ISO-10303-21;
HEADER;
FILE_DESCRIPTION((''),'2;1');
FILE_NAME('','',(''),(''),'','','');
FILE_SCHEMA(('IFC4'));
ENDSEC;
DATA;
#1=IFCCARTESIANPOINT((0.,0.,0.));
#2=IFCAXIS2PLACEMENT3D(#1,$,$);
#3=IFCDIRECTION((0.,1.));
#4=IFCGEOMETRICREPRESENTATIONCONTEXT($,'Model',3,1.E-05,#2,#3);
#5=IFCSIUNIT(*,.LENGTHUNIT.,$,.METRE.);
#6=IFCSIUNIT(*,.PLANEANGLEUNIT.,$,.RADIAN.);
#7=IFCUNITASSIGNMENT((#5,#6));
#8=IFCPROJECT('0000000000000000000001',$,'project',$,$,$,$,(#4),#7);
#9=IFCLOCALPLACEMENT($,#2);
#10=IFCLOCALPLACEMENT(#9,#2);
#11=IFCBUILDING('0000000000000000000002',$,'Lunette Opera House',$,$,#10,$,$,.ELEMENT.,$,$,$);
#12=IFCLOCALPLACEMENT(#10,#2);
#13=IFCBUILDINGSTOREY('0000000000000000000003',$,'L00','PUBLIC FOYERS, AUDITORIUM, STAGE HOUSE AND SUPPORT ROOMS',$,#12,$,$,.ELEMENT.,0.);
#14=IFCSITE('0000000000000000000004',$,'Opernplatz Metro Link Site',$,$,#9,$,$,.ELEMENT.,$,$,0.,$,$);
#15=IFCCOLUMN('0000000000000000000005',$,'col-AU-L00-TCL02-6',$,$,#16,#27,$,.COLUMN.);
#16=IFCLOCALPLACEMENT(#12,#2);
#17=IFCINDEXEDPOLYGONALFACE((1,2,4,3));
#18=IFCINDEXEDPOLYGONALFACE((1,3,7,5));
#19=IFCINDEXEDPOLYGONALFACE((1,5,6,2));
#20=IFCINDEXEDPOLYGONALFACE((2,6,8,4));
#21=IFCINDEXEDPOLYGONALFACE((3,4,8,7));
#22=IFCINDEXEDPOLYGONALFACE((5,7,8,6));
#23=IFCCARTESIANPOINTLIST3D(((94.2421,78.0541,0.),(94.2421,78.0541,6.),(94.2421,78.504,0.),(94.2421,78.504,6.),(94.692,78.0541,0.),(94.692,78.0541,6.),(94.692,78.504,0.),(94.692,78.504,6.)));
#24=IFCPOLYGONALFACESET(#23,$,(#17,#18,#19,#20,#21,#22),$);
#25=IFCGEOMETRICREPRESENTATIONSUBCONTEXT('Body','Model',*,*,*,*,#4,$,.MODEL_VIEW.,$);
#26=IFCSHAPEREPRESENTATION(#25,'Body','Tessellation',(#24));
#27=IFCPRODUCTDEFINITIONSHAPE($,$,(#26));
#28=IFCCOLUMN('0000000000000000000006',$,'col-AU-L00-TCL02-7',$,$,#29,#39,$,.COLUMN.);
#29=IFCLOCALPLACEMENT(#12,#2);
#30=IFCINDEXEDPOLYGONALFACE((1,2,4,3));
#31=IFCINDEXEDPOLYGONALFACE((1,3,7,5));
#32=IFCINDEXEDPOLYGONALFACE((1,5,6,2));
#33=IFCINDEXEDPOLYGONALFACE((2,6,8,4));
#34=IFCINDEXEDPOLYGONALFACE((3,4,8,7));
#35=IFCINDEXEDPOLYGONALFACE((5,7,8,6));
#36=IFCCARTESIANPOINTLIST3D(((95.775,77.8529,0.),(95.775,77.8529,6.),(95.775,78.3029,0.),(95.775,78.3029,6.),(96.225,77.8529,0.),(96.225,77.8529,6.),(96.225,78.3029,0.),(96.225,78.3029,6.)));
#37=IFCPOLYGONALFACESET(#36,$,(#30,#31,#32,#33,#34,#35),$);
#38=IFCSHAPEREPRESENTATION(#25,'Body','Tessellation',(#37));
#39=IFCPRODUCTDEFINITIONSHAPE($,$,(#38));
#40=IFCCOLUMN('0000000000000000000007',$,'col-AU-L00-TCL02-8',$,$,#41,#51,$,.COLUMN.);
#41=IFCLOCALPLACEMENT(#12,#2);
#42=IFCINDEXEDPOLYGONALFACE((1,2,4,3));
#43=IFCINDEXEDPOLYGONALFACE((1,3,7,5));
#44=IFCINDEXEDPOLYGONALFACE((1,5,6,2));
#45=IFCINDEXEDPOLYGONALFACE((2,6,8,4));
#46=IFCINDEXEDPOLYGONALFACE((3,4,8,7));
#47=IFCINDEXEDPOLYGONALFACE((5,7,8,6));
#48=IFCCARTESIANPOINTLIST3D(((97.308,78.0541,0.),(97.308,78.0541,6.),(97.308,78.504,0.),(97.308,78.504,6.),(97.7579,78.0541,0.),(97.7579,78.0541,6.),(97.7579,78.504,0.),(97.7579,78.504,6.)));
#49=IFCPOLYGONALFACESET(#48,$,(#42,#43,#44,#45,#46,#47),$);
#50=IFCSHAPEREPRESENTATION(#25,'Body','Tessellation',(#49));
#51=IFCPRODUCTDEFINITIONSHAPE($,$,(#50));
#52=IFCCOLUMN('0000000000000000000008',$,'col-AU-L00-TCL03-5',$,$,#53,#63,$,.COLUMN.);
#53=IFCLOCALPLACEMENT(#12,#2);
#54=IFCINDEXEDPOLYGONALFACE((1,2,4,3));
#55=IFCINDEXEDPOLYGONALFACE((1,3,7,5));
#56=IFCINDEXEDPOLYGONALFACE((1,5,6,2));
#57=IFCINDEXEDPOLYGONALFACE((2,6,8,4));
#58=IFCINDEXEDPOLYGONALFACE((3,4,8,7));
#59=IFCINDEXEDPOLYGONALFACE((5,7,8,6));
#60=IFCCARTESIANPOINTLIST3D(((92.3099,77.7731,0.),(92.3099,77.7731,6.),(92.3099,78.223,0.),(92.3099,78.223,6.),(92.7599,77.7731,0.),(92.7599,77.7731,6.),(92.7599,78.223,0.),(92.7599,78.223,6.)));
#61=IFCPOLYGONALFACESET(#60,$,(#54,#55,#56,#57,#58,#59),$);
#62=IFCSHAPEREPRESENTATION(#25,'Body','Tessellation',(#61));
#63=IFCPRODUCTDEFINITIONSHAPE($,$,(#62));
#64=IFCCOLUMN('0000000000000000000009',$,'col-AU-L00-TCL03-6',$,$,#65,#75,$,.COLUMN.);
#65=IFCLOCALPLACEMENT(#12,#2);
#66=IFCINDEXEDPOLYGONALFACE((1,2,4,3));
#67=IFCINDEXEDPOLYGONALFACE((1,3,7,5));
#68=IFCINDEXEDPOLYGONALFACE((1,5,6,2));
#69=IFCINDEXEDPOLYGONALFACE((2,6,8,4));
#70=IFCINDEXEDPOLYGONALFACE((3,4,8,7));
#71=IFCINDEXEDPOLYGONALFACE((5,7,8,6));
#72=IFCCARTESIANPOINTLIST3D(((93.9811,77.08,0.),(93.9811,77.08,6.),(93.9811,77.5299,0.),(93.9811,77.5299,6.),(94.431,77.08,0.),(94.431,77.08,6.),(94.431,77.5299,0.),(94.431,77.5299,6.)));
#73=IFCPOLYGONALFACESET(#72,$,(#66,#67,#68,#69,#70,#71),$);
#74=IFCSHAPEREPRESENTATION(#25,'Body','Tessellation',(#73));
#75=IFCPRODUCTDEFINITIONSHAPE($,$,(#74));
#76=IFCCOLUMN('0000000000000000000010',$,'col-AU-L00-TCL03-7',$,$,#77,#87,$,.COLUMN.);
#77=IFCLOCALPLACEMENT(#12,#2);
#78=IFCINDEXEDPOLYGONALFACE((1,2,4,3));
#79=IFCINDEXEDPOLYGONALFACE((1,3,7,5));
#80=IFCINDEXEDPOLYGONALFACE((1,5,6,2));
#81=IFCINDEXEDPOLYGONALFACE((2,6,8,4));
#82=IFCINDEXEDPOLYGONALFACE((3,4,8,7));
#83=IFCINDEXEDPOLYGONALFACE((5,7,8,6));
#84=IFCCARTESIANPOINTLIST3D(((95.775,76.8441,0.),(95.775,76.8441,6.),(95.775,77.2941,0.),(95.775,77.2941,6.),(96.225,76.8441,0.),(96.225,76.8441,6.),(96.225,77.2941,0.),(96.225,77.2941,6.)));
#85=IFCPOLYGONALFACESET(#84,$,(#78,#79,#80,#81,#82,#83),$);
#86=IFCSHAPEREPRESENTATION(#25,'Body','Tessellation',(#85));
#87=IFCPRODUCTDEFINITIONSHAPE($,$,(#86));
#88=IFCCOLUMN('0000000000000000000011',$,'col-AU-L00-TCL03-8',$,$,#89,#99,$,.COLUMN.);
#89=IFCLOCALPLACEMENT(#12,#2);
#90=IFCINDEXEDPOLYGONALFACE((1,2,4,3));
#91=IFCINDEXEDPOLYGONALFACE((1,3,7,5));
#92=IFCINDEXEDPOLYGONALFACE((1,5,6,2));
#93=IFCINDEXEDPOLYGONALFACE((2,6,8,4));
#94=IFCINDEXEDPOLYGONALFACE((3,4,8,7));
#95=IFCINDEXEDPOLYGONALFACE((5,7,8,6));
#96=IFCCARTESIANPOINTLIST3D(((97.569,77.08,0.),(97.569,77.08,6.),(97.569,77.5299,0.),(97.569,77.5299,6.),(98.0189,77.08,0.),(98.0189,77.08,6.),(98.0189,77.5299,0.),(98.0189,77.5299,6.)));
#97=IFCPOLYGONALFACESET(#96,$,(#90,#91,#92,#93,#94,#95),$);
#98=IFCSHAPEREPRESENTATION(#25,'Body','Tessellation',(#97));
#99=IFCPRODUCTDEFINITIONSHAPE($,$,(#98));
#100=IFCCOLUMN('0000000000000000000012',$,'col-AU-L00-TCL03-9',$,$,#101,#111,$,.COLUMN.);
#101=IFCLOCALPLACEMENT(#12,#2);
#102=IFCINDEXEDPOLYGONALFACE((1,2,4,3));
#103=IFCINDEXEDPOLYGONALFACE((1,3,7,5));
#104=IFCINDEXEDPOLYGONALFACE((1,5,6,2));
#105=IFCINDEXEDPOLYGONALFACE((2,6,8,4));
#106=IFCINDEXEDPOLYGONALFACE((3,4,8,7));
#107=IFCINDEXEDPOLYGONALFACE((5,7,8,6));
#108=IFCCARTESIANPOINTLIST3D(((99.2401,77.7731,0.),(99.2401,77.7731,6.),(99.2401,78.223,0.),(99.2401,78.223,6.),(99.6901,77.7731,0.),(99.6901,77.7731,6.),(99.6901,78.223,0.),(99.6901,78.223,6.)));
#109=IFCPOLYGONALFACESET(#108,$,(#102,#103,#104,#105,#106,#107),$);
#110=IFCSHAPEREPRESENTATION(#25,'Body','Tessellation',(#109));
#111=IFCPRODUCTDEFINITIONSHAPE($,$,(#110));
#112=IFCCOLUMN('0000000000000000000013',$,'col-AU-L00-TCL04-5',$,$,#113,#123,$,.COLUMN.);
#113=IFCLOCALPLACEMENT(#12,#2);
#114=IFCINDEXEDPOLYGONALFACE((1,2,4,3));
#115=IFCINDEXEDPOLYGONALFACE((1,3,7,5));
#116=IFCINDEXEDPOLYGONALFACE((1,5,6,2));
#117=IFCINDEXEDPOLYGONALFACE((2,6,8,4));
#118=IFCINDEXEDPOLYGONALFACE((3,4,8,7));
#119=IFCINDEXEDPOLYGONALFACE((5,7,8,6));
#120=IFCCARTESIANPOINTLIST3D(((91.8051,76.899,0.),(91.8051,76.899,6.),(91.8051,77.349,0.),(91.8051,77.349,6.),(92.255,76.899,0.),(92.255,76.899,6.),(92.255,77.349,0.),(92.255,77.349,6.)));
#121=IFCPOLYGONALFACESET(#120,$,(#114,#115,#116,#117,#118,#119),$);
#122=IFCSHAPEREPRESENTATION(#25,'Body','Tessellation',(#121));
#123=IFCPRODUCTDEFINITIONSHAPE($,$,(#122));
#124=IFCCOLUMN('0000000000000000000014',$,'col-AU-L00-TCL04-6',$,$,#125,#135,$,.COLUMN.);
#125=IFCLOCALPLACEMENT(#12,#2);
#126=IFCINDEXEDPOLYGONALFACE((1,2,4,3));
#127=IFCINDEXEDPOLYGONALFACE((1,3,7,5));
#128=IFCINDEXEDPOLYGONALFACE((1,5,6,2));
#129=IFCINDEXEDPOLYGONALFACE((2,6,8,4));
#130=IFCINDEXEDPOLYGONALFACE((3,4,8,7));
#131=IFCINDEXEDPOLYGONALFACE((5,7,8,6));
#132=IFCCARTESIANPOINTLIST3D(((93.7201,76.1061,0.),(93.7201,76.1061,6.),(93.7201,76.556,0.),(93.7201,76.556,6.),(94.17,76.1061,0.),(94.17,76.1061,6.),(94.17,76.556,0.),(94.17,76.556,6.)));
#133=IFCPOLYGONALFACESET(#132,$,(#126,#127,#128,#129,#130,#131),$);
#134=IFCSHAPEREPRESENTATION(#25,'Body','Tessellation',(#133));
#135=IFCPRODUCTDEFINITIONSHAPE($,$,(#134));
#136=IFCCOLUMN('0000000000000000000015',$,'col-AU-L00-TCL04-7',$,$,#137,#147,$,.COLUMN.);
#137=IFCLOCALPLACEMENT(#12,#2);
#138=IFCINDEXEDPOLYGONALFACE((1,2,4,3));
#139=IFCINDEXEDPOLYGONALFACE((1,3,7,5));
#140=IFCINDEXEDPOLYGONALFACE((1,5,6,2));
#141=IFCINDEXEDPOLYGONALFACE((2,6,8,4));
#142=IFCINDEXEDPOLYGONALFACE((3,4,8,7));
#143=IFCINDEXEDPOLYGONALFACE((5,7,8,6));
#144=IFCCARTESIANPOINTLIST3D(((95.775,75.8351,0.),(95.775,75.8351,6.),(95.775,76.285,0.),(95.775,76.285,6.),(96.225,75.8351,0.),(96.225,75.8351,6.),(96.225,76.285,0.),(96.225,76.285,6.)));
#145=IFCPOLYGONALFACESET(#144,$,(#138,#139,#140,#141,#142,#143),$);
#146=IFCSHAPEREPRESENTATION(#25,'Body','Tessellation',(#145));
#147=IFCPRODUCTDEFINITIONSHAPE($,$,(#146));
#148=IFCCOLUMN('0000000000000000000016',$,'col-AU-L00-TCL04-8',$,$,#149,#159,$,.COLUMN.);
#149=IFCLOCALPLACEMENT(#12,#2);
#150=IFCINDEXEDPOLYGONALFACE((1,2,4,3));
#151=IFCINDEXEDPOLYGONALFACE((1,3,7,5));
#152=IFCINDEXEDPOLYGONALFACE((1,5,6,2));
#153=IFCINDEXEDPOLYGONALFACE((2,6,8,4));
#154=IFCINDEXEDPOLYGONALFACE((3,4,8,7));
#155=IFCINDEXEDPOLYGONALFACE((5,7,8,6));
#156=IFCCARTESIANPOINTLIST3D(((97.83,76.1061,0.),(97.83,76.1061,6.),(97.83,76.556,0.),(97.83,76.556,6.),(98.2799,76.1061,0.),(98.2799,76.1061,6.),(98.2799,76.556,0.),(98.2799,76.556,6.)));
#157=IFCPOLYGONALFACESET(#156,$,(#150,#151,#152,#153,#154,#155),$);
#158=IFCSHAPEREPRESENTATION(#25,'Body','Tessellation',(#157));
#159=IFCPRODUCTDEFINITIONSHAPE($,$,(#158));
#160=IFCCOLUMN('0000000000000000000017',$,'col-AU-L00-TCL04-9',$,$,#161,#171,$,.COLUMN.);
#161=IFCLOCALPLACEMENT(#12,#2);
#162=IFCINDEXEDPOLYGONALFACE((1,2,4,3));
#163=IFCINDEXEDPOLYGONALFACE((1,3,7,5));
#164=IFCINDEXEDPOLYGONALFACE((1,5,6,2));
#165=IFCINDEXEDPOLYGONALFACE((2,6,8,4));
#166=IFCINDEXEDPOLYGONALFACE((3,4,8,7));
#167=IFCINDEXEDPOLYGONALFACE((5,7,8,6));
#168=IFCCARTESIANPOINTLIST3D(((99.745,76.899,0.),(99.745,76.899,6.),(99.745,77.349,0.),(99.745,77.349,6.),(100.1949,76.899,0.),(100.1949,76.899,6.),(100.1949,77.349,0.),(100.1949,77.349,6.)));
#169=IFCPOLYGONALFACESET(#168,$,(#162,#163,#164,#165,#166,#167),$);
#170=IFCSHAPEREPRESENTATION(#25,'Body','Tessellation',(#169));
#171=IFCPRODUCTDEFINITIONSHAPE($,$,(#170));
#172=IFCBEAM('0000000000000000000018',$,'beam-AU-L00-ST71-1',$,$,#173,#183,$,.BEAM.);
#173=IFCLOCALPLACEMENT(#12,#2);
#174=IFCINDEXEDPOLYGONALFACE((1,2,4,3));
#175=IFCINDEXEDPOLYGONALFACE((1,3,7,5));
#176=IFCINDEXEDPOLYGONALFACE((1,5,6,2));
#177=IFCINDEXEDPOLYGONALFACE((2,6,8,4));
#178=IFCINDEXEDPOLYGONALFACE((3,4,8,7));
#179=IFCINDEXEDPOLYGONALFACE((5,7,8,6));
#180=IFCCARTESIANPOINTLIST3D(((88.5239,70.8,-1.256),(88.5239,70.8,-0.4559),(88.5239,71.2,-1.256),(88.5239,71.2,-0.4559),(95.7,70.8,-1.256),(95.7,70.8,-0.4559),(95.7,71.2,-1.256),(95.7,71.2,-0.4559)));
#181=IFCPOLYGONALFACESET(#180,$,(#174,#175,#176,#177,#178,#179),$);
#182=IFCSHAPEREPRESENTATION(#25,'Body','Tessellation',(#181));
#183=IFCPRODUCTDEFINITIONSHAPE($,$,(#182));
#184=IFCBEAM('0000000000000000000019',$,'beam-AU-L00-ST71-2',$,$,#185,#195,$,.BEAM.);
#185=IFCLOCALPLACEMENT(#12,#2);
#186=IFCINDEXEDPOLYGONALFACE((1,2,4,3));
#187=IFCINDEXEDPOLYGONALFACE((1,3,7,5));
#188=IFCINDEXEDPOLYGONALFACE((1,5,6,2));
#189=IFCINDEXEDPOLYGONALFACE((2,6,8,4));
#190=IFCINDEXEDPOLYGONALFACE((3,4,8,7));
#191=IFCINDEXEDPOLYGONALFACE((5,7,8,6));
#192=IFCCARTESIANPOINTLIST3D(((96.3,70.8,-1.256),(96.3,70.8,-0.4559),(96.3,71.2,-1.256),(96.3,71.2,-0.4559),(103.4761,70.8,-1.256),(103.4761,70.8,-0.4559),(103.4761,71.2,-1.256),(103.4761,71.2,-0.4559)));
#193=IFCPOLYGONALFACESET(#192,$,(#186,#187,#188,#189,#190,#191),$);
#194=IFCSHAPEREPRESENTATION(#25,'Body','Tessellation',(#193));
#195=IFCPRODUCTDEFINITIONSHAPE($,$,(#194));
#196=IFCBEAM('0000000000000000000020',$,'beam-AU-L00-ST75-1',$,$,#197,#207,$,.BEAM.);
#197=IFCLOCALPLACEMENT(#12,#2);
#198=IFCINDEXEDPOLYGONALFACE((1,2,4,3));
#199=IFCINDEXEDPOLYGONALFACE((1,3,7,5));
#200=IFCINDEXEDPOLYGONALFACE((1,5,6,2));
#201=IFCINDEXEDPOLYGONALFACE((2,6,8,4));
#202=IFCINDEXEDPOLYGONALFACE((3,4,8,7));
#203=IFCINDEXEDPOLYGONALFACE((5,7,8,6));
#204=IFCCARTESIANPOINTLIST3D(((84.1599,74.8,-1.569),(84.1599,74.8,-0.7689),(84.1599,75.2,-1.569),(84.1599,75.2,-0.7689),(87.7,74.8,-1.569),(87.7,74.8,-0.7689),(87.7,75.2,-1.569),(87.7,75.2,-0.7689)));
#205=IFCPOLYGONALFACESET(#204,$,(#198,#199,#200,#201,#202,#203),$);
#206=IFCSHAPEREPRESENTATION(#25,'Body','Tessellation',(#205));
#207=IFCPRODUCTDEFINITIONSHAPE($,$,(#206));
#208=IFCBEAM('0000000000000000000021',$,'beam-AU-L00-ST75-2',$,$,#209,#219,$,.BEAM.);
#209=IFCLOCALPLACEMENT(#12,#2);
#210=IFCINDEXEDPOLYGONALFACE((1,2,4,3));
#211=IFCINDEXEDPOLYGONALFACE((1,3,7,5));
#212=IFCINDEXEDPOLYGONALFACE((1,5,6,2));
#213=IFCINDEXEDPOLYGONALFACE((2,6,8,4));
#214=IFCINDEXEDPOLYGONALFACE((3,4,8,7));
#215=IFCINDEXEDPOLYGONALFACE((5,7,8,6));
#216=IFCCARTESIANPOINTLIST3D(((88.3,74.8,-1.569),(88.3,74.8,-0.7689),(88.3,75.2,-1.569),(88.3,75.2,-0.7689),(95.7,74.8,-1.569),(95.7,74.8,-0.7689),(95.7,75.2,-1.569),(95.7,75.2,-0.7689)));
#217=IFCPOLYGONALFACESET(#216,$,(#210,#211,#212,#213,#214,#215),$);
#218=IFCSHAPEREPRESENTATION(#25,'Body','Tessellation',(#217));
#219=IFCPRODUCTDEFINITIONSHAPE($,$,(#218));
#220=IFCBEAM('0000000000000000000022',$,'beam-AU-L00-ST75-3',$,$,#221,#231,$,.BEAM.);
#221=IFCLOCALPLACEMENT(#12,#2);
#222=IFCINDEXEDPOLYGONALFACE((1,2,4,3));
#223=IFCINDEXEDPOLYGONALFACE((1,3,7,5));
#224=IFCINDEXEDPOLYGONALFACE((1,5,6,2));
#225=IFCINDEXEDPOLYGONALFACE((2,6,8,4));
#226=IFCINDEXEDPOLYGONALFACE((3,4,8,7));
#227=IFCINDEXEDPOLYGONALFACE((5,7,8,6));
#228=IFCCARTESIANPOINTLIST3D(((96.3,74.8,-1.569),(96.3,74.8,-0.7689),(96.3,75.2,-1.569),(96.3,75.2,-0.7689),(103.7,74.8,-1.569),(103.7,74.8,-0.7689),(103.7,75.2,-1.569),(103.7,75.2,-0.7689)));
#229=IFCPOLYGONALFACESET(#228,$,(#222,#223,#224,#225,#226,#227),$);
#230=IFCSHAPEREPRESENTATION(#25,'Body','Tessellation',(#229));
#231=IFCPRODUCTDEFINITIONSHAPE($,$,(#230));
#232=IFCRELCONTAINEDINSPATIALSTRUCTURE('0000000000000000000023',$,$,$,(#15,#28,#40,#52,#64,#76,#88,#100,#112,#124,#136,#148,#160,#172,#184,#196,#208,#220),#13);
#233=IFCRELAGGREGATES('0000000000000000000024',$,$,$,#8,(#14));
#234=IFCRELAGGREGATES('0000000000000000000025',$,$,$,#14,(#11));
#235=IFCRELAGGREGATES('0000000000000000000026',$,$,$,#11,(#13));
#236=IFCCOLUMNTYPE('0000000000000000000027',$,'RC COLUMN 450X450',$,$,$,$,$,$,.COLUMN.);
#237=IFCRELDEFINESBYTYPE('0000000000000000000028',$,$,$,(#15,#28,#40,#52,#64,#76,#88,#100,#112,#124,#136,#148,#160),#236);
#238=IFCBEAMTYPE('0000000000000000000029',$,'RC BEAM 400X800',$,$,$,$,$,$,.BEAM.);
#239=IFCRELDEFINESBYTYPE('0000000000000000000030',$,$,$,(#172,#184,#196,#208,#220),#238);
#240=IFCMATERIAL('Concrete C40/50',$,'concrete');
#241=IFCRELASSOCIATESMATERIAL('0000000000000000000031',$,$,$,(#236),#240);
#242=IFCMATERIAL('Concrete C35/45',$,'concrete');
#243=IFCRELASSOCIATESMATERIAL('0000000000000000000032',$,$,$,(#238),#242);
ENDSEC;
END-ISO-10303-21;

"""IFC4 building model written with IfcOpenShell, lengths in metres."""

from ifc_helpers import new_model, si_unit, direction, frame, origin, origin_2d, place, context, subcontext, project, spatial, rectangle, extrude, material, material_profile, profile_set, type_object, element, save


model = new_model("IFC4")

# Units and contexts
model_context = context("Model", 3, precision=1e-05, world=origin(), true_north=direction((0.0, 1.0)))
body_context = subcontext(model_context, "Body", "Model", "MODEL_VIEW")
ifc_project = project(units=[si_unit("LENGTHUNIT", "METRE"), si_unit("PLANEANGLEUNIT", "RADIAN")], contexts=[model_context])

# Site, building, storey
site_placement = place(None, origin())
site = spatial("IfcSite", under=ifc_project, at=site_placement, Name="Opernplatz Metro Link Site", CompositionType="ELEMENT", RefElevation=0.0)
building_placement = place(site_placement, origin())
building = spatial("IfcBuilding", under=site, at=building_placement, Name="Lunette Opera House", CompositionType="ELEMENT")
storey_placement = place(building_placement, origin())
storey = spatial("IfcBuildingStorey", under=building, at=storey_placement, Name="L00", Description="PUBLIC FOYERS, AUDITORIUM, STAGE HOUSE AND SUPPORT ROOMS", CompositionType="ELEMENT", Elevation=0.0)

# Columns
ifc_material_1 = material(Name="Concrete C40/50", Category="concrete")
ifc_material_profile_1 = material_profile(ifc_material_1, rectangle(XDim=0.45, YDim=0.45, at=origin_2d()), Name="RC COLUMN 450X450")
ifc_profile_set_1 = profile_set([ifc_material_profile_1], Name="Concrete C40/50")
column_type = type_object("IfcColumnType", Name="RC COLUMN 450X450", PredefinedType="COLUMN", material=ifc_profile_set_1)
for number, where, z_axis, x_axis, name in (
    (1, (94.467, 78.2791, 0.0), (0.0, 0.0, 1.0), (1.0, 0.0, 0.0), "col-AU-L00-TCL02-6"),
    (2, (96.0, 78.0779, 0.0), (0.0, 0.0, 1.0), (1.0, 0.0, 0.0), "col-AU-L00-TCL02-7"),
    (3, (97.533, 78.2791, 0.0), (0.0, 0.0, 1.0), (1.0, 0.0, 0.0), "col-AU-L00-TCL02-8"),
    (4, (92.5349, 77.998, 0.0), (0.0, 0.0, 1.0), (1.0, 0.0, 0.0), "col-AU-L00-TCL03-5"),
    (5, (94.2061, 77.3049, 0.0), (0.0, 0.0, 1.0), (1.0, 0.0, 0.0), "col-AU-L00-TCL03-6"),
    (6, (96.0, 77.0691, 0.0), (0.0, 0.0, 1.0), (1.0, 0.0, 0.0), "col-AU-L00-TCL03-7"),
    (7, (97.7939, 77.3049, 0.0), (0.0, 0.0, 1.0), (1.0, 0.0, 0.0), "col-AU-L00-TCL03-8"),
    (8, (99.4651, 77.998, 0.0), (0.0, 0.0, 1.0), (1.0, 0.0, 0.0), "col-AU-L00-TCL03-9"),
    (9, (92.03, 77.124, 0.0), (0.0, 0.0, 1.0), (1.0, 0.0, 0.0), "col-AU-L00-TCL04-5"),
    (10, (93.9451, 76.3311, 0.0), (0.0, 0.0, 1.0), (1.0, 0.0, 0.0), "col-AU-L00-TCL04-6"),
    (11, (96.0, 76.0601, 0.0), (0.0, 0.0, 1.0), (1.0, 0.0, 0.0), "col-AU-L00-TCL04-7"),
    (12, (98.0549, 76.3311, 0.0), (0.0, 0.0, 1.0), (1.0, 0.0, 0.0), "col-AU-L00-TCL04-8"),
    (13, (99.97, 77.124, 0.0), (0.0, 0.0, 1.0), (1.0, 0.0, 0.0), "col-AU-L00-TCL04-9"),
):
    element("IfcColumn", number, at=place(storey_placement, frame(where, z_axis=z_axis, x_axis=x_axis)), inside=storey, type_object=column_type, Name=name, PredefinedType="COLUMN", context=body_context, shape_type="SweptSolid", body=[
        extrude(rectangle(XDim=0.45, YDim=0.45, at=origin_2d()), origin(), (0.0, 0.0, 1.0), 6.0),
    ])

# Beams
ifc_material_2 = material(Name="Concrete C35/45", Category="concrete")
ifc_material_profile_2 = material_profile(ifc_material_2, rectangle(XDim=0.3999, YDim=0.8, at=origin_2d()), Name="RC BEAM 400X800")
ifc_profile_set_2 = profile_set([ifc_material_profile_2], Name="Concrete C35/45")
beam_type = type_object("IfcBeamType", Name="RC BEAM 400X800", PredefinedType="BEAM", material=ifc_profile_set_2)
for number, where, z_axis, x_axis, name in (
    (14, (88.5239, 71.0, -0.856), (1.0, 0.0, 0.0), (0.0, 1.0, 0.0), "beam-AU-L00-ST71-1"),
    (15, (96.3, 71.0, -0.856), (1.0, 0.0, 0.0), (0.0, 1.0, 0.0), "beam-AU-L00-ST71-2"),
):
    element("IfcBeam", number, at=place(storey_placement, frame(where, z_axis=z_axis, x_axis=x_axis)), inside=storey, type_object=beam_type, Name=name, PredefinedType="BEAM", context=body_context, shape_type="SweptSolid", body=[
        extrude(rectangle(XDim=0.3999, YDim=0.8, at=origin_2d()), origin(), (0.0, 0.0, 1.0), 7.176),
    ])
beam_1_placement = place(storey_placement, frame((84.1599, 75.0, -1.1689), z_axis=(1.0, 0.0, 0.0), x_axis=(0.0, 1.0, 0.0)))
element("IfcBeam", 16, at=beam_1_placement, inside=storey, type_object=beam_type, Name="beam-AU-L00-ST75-1", PredefinedType="BEAM", context=body_context, shape_type="SweptSolid", body=[
    extrude(rectangle(XDim=0.3999, YDim=0.8, at=origin_2d()), origin(), (0.0, 0.0, 1.0), 3.54),
])
for number, where, z_axis, x_axis, name in (
    (17, (88.3, 75.0, -1.1689), (1.0, 0.0, 0.0), (0.0, 1.0, 0.0), "beam-AU-L00-ST75-2"),
    (18, (96.3, 75.0, -1.1689), (1.0, 0.0, 0.0), (0.0, 1.0, 0.0), "beam-AU-L00-ST75-3"),
):
    element("IfcBeam", number, at=place(storey_placement, frame(where, z_axis=z_axis, x_axis=x_axis)), inside=storey, type_object=beam_type, Name=name, PredefinedType="BEAM", context=body_context, shape_type="SweptSolid", body=[
        extrude(rectangle(XDim=0.3999, YDim=0.8, at=origin_2d()), origin(), (0.0, 0.0, 1.0), 7.3999),
    ])

save(model, "model.ifc")
